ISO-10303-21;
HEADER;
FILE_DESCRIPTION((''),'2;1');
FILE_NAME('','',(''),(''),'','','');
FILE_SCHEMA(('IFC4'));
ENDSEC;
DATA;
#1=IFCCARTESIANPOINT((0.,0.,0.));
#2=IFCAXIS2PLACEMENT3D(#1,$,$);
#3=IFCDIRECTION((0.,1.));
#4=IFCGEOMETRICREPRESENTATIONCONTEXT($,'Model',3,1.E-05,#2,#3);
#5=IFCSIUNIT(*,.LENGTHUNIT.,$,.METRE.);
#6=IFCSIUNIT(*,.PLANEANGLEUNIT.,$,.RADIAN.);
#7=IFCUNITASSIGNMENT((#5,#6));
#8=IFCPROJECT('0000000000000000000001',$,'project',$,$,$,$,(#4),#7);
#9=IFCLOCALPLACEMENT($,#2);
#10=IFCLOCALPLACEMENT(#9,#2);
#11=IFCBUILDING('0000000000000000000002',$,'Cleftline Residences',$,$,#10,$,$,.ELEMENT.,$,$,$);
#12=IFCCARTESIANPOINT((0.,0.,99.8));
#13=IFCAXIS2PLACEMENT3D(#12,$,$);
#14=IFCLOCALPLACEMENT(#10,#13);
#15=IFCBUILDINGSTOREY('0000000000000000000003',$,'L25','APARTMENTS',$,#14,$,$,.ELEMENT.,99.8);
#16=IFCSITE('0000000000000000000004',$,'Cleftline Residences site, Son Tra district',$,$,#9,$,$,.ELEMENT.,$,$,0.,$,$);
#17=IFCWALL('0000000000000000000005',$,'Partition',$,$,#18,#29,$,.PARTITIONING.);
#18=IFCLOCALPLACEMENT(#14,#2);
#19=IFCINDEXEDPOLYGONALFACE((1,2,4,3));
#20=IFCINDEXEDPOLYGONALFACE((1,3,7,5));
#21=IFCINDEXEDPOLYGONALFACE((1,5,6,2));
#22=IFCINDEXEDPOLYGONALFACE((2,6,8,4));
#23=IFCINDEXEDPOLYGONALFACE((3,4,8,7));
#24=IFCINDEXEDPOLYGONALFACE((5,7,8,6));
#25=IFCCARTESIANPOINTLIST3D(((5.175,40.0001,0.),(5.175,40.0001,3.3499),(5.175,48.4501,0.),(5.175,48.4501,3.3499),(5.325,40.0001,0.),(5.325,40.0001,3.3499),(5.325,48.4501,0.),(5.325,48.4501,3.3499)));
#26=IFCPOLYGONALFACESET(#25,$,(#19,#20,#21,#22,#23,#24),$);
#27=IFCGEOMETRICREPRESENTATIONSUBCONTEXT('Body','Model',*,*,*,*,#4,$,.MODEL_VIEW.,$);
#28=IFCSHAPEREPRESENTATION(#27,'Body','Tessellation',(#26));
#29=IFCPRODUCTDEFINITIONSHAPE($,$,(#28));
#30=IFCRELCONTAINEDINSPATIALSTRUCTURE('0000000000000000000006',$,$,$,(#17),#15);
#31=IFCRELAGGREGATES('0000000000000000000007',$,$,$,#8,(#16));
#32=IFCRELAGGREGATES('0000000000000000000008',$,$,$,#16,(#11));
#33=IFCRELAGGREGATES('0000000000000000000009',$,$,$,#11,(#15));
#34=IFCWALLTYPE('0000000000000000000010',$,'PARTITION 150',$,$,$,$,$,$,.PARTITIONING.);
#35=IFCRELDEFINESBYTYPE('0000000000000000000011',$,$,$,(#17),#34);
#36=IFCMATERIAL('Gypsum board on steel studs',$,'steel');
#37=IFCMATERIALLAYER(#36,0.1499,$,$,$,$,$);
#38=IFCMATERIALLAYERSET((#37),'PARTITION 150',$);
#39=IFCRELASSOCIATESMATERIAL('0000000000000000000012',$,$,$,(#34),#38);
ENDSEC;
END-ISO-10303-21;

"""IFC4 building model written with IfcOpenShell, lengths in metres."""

from ifc_helpers import new_model, si_unit, direction, frame, frame_2d, origin, place, context, subcontext, project, spatial, rectangle, extrude, material, layer, layer_set, type_object, element, save


model = new_model("IFC4")

# Units and contexts
model_context = context("Model", 3, precision=1e-05, world=origin(), true_north=direction((0.0, 1.0)))
body_context = subcontext(model_context, "Body", "Model", "MODEL_VIEW")
ifc_project = project(units=[si_unit("LENGTHUNIT", "METRE"), si_unit("PLANEANGLEUNIT", "RADIAN")], contexts=[model_context])

# Site, building, storey
site_placement = place(None, origin())
site = spatial("IfcSite", under=ifc_project, at=site_placement, Name="Cleftline Residences site, Son Tra district", CompositionType="ELEMENT", RefElevation=0.0)
building_placement = place(site_placement, origin())
building = spatial("IfcBuilding", under=site, at=building_placement, Name="Cleftline Residences", CompositionType="ELEMENT")
storey_placement = place(building_placement, frame((0.0, 0.0, 99.8)))
storey = spatial("IfcBuildingStorey", under=building, at=storey_placement, Name="L25", Description="APARTMENTS", CompositionType="ELEMENT", Elevation=99.8)

# Wall
ifc_material_1 = material(Name="Gypsum board on steel studs", Category="steel")
ifc_layer_1 = layer(ifc_material_1, 0.1499)
ifc_layer_set_1 = layer_set([ifc_layer_1], Name="PARTITION 150")
wall_type_1 = type_object("IfcWallType", Name="PARTITION 150", PredefinedType="PARTITIONING", material=ifc_layer_set_1)
wall_1_placement = place(storey_placement, frame((5.25, 40.0, 0.0), z_axis=(0.0, 0.0, 1.0), x_axis=(0.0, 1.0, 0.0)))
element("IfcWall", 1, at=wall_1_placement, inside=storey, type_object=wall_type_1, Name="Partition", PredefinedType="PARTITIONING", context=body_context, shape_type="SweptSolid", body=[
    extrude(rectangle(XDim=8.45, YDim=0.1499, at=frame_2d((4.2251, 0.0))), origin(), (0.0, 0.0, 1.0), 3.3499),
])

save(model, "model.ifc")
